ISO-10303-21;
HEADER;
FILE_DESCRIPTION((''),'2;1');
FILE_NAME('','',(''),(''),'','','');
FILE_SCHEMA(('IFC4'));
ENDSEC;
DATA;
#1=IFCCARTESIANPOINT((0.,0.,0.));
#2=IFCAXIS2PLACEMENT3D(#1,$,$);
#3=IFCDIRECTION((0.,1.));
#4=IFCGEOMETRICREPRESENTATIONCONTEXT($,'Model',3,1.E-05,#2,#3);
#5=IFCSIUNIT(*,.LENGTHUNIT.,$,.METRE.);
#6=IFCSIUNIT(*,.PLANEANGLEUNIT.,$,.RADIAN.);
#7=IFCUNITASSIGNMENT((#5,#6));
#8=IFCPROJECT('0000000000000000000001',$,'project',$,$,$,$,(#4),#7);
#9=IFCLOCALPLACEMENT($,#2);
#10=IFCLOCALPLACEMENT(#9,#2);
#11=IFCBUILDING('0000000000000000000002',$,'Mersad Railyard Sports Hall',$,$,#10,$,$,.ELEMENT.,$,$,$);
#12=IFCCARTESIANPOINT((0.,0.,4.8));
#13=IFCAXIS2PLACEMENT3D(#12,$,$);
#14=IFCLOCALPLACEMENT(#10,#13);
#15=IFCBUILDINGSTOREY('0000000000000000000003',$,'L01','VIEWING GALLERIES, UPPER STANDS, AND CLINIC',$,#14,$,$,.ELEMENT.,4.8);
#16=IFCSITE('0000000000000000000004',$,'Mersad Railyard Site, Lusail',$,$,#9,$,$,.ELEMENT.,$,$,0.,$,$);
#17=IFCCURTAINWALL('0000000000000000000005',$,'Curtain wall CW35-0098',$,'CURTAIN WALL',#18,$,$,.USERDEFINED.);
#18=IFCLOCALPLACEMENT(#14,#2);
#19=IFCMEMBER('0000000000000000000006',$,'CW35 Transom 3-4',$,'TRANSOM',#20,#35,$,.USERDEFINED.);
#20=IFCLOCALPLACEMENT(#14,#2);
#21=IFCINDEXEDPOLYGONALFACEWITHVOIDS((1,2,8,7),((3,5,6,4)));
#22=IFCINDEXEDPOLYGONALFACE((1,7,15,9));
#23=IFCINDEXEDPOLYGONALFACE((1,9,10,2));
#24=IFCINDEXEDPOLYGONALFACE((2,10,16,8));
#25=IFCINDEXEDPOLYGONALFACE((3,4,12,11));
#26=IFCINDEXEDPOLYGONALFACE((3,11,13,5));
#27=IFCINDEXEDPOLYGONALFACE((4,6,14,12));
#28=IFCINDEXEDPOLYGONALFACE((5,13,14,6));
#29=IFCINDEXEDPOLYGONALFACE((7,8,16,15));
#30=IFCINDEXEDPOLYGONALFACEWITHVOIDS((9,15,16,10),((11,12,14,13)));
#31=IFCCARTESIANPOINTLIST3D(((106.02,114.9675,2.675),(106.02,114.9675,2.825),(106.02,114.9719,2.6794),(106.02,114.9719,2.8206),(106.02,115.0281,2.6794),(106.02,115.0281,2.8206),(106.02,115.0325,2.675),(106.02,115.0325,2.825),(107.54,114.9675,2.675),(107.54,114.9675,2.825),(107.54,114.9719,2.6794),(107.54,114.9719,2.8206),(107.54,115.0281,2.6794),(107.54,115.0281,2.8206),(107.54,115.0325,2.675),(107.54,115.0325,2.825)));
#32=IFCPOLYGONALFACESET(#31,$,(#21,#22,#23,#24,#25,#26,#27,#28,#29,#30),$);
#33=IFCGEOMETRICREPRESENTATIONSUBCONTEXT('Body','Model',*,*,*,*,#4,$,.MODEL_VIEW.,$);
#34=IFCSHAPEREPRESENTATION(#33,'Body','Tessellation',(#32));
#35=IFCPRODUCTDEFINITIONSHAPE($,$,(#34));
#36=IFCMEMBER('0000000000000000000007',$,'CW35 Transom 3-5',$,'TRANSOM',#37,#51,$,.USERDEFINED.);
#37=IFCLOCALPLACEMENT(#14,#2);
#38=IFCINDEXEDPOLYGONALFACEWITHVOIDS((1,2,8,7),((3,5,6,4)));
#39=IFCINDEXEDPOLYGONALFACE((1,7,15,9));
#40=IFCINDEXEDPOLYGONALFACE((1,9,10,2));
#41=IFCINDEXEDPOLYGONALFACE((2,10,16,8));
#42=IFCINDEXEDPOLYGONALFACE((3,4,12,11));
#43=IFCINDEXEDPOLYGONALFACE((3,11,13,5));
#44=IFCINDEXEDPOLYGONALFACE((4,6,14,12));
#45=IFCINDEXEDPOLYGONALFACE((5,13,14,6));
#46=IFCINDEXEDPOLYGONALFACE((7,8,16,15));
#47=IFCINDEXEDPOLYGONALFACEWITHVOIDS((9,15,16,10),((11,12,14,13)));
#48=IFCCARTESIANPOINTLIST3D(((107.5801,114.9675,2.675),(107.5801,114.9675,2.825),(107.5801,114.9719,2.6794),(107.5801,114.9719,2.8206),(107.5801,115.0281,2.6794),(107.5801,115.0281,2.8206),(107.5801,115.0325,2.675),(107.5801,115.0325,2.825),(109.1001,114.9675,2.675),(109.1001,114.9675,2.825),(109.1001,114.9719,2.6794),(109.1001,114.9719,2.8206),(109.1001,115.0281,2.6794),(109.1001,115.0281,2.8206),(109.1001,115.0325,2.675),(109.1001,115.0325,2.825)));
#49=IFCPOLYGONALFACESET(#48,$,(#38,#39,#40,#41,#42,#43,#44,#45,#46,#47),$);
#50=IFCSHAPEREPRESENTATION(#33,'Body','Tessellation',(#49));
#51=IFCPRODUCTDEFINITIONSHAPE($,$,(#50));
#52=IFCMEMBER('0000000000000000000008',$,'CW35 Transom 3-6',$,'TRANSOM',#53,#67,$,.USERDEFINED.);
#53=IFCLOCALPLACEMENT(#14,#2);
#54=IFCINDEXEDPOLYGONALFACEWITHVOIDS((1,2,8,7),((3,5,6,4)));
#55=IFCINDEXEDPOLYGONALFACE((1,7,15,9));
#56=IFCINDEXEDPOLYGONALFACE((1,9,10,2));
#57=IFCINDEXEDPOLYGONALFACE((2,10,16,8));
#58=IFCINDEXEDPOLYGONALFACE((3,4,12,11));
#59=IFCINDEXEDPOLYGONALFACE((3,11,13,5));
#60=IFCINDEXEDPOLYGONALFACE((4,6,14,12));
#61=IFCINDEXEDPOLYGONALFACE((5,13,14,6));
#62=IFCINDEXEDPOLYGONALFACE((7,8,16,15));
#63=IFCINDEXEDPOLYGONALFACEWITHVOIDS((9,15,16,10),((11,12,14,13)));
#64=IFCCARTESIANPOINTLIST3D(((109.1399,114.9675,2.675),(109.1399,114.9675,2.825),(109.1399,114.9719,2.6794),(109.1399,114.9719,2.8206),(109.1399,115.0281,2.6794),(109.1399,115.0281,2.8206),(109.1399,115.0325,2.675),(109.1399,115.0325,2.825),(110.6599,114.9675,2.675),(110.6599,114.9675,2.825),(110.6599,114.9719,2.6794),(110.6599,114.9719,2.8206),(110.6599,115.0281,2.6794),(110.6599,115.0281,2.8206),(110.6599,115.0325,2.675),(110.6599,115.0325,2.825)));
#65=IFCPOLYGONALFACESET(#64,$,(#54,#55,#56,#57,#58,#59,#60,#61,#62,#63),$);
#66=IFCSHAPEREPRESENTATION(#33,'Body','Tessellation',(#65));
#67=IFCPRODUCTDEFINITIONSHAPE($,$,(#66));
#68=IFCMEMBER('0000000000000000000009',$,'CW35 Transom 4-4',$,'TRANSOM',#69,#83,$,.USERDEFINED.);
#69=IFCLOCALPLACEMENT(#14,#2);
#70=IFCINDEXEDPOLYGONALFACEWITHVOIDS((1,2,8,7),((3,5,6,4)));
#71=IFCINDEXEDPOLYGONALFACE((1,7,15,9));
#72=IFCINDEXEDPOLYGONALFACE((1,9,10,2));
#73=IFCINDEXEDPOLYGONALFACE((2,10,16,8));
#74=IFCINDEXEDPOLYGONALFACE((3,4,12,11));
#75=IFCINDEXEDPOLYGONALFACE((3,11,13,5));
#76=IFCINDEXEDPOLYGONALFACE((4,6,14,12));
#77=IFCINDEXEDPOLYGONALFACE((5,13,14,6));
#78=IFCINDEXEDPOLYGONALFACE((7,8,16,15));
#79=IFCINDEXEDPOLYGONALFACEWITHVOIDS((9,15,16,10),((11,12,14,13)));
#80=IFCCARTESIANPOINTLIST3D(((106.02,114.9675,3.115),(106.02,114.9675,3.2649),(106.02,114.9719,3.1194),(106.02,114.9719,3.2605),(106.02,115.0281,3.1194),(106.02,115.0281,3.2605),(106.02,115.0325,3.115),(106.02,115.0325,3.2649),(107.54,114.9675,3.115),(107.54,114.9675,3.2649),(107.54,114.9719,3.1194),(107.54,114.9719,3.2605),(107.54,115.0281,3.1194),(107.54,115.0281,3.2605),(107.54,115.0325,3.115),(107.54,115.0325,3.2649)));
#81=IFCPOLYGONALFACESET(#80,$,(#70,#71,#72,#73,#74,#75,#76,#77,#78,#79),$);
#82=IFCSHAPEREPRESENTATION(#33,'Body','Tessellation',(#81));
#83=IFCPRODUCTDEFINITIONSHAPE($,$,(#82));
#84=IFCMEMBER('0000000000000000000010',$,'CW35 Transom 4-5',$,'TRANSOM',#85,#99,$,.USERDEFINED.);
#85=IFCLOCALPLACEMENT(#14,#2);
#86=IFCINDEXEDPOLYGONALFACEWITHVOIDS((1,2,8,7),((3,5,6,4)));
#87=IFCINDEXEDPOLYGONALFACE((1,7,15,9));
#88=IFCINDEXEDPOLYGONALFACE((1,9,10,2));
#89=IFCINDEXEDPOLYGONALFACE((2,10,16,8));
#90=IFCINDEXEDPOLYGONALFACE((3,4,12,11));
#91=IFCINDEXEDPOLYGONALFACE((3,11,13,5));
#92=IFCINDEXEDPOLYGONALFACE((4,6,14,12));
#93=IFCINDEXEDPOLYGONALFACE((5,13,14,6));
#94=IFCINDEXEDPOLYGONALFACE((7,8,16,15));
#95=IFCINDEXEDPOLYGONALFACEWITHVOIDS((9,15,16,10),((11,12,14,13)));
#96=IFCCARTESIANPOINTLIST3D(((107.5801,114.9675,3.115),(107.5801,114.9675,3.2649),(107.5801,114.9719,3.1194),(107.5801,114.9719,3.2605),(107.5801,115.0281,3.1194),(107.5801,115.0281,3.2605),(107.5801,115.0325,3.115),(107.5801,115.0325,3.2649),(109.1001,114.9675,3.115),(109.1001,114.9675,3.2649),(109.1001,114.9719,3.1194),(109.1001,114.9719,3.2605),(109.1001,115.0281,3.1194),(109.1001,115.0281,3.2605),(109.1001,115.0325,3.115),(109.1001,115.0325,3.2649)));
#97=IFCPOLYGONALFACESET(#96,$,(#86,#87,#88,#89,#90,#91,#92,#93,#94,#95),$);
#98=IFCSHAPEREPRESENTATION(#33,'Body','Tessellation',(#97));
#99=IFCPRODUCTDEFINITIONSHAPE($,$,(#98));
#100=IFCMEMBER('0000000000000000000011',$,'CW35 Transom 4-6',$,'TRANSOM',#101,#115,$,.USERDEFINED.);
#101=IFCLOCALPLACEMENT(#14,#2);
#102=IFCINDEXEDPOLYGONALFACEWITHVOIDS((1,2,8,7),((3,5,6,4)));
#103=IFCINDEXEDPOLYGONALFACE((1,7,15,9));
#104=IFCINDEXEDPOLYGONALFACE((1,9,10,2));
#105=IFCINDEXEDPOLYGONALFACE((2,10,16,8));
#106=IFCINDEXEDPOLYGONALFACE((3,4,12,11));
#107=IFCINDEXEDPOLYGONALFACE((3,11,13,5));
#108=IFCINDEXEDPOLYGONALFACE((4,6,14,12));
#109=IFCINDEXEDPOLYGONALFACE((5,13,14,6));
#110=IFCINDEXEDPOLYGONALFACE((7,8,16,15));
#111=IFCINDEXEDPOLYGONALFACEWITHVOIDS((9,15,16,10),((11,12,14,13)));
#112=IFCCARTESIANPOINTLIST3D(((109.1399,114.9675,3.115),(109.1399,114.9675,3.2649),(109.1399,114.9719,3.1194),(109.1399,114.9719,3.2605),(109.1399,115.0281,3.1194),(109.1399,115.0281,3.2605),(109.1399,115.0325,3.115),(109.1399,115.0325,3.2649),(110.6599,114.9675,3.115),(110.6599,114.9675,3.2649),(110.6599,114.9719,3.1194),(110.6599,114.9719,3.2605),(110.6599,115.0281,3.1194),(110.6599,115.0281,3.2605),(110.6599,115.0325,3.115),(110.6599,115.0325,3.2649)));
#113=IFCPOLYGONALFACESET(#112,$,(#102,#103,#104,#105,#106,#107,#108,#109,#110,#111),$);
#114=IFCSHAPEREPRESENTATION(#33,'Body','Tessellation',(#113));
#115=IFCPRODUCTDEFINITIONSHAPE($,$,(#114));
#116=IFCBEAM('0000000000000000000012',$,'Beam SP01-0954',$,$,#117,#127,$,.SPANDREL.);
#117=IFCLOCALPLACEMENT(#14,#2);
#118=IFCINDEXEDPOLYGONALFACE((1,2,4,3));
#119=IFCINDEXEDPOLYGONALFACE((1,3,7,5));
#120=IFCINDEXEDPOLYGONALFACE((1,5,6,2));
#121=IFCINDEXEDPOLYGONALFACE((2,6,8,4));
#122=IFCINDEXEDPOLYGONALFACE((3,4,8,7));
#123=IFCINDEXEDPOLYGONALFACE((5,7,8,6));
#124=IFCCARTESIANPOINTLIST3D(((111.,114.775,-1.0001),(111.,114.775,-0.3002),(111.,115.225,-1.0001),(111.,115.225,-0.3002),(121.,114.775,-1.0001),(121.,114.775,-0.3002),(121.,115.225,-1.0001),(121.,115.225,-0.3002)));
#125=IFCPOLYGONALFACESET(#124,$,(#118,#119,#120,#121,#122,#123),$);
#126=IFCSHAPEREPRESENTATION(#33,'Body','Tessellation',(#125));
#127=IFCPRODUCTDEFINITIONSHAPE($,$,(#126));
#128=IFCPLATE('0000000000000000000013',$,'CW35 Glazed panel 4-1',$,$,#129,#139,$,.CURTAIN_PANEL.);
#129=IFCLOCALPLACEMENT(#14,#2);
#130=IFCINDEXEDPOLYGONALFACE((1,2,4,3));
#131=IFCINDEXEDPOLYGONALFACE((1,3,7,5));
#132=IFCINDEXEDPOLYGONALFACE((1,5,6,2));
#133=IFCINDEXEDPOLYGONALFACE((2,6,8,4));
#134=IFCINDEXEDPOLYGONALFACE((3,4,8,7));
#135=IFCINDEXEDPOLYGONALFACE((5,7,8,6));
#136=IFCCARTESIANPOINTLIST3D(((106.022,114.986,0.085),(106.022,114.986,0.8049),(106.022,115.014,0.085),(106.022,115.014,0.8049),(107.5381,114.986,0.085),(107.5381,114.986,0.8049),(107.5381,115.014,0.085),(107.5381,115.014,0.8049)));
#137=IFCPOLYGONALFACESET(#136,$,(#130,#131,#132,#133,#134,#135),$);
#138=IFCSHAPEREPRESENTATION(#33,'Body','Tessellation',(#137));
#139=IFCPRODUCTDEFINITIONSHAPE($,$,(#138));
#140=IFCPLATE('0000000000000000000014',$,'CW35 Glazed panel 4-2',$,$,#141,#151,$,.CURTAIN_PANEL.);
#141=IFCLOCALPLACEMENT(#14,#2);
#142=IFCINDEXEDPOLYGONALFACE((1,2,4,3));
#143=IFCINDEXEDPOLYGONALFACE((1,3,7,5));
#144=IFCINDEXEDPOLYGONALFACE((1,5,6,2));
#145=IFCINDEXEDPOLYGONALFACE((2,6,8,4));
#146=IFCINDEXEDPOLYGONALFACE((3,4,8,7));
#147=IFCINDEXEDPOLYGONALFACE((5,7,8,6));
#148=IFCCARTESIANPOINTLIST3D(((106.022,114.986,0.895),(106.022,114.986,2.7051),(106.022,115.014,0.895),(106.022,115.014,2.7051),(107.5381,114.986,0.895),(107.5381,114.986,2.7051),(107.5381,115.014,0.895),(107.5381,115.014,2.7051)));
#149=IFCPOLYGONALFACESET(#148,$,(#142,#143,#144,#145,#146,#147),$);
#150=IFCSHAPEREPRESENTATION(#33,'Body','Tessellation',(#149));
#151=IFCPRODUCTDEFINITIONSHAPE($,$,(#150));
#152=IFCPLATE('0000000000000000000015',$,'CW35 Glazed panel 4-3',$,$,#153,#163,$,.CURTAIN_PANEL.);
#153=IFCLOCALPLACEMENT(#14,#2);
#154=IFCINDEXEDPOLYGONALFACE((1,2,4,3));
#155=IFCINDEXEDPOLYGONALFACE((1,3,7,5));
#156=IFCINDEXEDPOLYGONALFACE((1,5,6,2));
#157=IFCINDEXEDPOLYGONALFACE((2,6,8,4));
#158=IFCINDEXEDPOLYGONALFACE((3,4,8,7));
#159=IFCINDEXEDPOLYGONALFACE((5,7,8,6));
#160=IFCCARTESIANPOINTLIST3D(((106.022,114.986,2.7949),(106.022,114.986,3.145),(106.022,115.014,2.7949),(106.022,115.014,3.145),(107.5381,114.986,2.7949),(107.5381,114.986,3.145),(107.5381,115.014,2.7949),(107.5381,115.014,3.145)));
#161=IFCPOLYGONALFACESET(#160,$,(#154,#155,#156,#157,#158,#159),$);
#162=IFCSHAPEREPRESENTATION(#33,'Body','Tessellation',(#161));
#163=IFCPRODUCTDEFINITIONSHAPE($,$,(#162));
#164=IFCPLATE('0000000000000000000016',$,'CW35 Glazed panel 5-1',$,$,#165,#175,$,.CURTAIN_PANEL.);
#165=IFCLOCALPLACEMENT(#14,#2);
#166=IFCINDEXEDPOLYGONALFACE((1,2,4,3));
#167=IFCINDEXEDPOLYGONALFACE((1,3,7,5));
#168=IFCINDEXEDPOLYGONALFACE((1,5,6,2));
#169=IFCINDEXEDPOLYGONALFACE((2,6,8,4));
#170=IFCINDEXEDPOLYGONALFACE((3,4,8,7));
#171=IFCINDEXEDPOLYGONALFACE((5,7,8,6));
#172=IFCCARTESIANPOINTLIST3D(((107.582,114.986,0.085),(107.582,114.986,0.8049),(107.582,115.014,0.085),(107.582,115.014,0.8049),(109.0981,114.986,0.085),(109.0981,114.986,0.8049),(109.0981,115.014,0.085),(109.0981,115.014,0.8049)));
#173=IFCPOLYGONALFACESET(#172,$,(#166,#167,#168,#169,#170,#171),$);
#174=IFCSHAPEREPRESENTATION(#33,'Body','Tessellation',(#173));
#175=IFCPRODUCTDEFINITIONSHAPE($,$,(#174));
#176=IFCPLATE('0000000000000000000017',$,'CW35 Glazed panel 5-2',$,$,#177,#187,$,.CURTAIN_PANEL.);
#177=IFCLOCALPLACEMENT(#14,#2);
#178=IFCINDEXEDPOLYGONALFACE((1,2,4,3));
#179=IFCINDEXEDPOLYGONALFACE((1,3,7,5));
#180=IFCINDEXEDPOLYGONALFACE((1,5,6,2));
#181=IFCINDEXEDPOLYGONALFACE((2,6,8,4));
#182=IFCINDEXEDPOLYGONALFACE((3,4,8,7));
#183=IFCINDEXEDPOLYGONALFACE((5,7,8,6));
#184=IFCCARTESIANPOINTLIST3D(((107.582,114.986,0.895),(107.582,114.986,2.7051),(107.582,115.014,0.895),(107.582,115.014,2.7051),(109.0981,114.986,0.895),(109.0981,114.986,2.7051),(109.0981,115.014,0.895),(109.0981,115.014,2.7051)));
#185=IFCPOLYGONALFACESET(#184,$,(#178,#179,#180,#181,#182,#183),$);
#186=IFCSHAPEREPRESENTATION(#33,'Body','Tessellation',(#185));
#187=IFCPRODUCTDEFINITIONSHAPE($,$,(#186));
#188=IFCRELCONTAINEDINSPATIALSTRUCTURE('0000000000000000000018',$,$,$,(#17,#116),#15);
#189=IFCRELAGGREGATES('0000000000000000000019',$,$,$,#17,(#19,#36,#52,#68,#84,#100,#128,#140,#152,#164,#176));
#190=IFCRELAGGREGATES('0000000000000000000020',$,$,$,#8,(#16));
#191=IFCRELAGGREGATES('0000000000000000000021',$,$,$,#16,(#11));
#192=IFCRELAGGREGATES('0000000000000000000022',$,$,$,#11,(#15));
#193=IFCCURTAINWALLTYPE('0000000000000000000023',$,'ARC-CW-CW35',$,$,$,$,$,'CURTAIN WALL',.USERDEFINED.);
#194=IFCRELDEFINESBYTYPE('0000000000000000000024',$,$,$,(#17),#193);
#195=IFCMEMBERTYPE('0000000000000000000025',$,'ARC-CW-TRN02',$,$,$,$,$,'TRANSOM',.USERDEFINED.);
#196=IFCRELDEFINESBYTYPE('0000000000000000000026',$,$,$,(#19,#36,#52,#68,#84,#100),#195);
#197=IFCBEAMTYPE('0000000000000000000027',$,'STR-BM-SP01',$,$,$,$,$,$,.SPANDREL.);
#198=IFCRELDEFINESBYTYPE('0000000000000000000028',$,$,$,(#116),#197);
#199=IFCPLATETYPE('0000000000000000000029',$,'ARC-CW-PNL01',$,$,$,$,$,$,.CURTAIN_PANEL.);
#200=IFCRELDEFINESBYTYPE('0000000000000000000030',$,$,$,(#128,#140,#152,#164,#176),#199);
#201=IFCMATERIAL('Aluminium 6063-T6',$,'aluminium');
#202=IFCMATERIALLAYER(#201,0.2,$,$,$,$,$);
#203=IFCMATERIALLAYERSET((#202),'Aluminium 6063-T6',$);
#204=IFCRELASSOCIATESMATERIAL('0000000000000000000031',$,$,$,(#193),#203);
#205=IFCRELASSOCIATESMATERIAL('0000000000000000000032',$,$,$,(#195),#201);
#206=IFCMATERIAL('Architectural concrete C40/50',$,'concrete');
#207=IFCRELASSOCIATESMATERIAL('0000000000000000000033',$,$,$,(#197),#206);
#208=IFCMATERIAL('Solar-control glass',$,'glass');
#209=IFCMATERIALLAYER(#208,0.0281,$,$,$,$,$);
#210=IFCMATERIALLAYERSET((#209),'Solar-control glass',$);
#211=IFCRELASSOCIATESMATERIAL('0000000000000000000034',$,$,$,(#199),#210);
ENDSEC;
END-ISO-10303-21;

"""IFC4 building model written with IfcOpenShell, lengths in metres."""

from ifc_helpers import new_model, si_unit, direction, frame, origin, origin_2d, place, context, subcontext, project, spatial, rectangle, hollow_rectangle, extrude, material, layer, layer_set, material_profile, profile_set, type_object, element, aggregate, save


model = new_model("IFC4")

# Units and contexts
model_context = context("Model", 3, precision=1e-05, world=origin(), true_north=direction((0.0, 1.0)))
body_context = subcontext(model_context, "Body", "Model", "MODEL_VIEW")
ifc_project = project(units=[si_unit("LENGTHUNIT", "METRE"), si_unit("PLANEANGLEUNIT", "RADIAN")], contexts=[model_context])

# Site, building, storey
site_placement = place(None, origin())
site = spatial("IfcSite", under=ifc_project, at=site_placement, Name="Mersad Railyard Site, Lusail", CompositionType="ELEMENT", RefElevation=0.0)
building_placement = place(site_placement, origin())
building = spatial("IfcBuilding", under=site, at=building_placement, Name="Mersad Railyard Sports Hall", CompositionType="ELEMENT")
storey_placement = place(building_placement, frame((0.0, 0.0, 4.8)))
storey = spatial("IfcBuildingStorey", under=building, at=storey_placement, Name="L01", Description="VIEWING GALLERIES, UPPER STANDS, AND CLINIC", CompositionType="ELEMENT", Elevation=4.8)

# Curtain wall, members
ifc_material_1 = material(Name="Aluminium 6063-T6", Category="aluminium")
ifc_layer_1 = layer(ifc_material_1, 0.2)
ifc_layer_set_1 = layer_set([ifc_layer_1], Name="Aluminium 6063-T6")
curtain_wall_type = type_object("IfcCurtainWallType", Name="ARC-CW-CW35", ElementType="CURTAIN WALL", PredefinedType="USERDEFINED", material=ifc_layer_set_1)
curtain_wall_placement = place(storey_placement, origin())
curtain_wall = element("IfcCurtainWall", 1, at=curtain_wall_placement, inside=storey, type_object=curtain_wall_type, Name="Curtain wall CW35-0098", ObjectType="CURTAIN WALL", PredefinedType="USERDEFINED")
ifc_material_profile_1 = material_profile(ifc_material_1, hollow_rectangle(XDim=0.0649, YDim=0.1499, WallThickness=0.0044, at=origin_2d()), Name="AL TRANSOM 65x150x4.5")
ifc_profile_set_1 = profile_set([ifc_material_profile_1], Name="Aluminium 6063-T6")
member_type_1 = type_object("IfcMemberType", Name="ARC-CW-TRN02", ElementType="TRANSOM", PredefinedType="USERDEFINED", material=ifc_profile_set_1)
member_1_placement = place(storey_placement, frame((106.02, 115.0, 2.75), z_axis=(1.0, 0.0, 0.0), x_axis=(0.0, 1.0, 0.0)))
member_1 = element("IfcMember", 2, at=member_1_placement, type_object=member_type_1, Name="CW35 Transom 3-4", ObjectType="TRANSOM", PredefinedType="USERDEFINED", context=body_context, shape_type="SweptSolid", body=[
    extrude(hollow_rectangle(XDim=0.0649, YDim=0.1499, WallThickness=0.0044, at=origin_2d()), origin(), (0.0, 0.0, 1.0), 1.52),
])
member_2_placement = place(storey_placement, frame((107.5801, 115.0, 2.75), z_axis=(1.0, 0.0, 0.0), x_axis=(0.0, 1.0, 0.0)))
member_2 = element("IfcMember", 3, at=member_2_placement, type_object=member_type_1, Name="CW35 Transom 3-5", ObjectType="TRANSOM", PredefinedType="USERDEFINED", context=body_context, shape_type="SweptSolid", body=[
    extrude(hollow_rectangle(XDim=0.0649, YDim=0.1499, WallThickness=0.0044, at=origin_2d()), origin(), (0.0, 0.0, 1.0), 1.52),
])
member_3_placement = place(storey_placement, frame((109.1399, 115.0, 2.75), z_axis=(1.0, 0.0, 0.0), x_axis=(0.0, 1.0, 0.0)))
member_3 = element("IfcMember", 4, at=member_3_placement, type_object=member_type_1, Name="CW35 Transom 3-6", ObjectType="TRANSOM", PredefinedType="USERDEFINED", context=body_context, shape_type="SweptSolid", body=[
    extrude(hollow_rectangle(XDim=0.0649, YDim=0.1499, WallThickness=0.0044, at=origin_2d()), origin(), (0.0, 0.0, 1.0), 1.52),
])
member_4_placement = place(storey_placement, frame((106.02, 115.0, 3.1899), z_axis=(1.0, 0.0, 0.0), x_axis=(0.0, 1.0, 0.0)))
member_4 = element("IfcMember", 5, at=member_4_placement, type_object=member_type_1, Name="CW35 Transom 4-4", ObjectType="TRANSOM", PredefinedType="USERDEFINED", context=body_context, shape_type="SweptSolid", body=[
    extrude(hollow_rectangle(XDim=0.0649, YDim=0.1499, WallThickness=0.0044, at=origin_2d()), origin(), (0.0, 0.0, 1.0), 1.52),
])
member_5_placement = place(storey_placement, frame((107.5801, 115.0, 3.1899), z_axis=(1.0, 0.0, 0.0), x_axis=(0.0, 1.0, 0.0)))
member_5 = element("IfcMember", 6, at=member_5_placement, type_object=member_type_1, Name="CW35 Transom 4-5", ObjectType="TRANSOM", PredefinedType="USERDEFINED", context=body_context, shape_type="SweptSolid", body=[
    extrude(hollow_rectangle(XDim=0.0649, YDim=0.1499, WallThickness=0.0044, at=origin_2d()), origin(), (0.0, 0.0, 1.0), 1.52),
])
member_6_placement = place(storey_placement, frame((109.1399, 115.0, 3.1899), z_axis=(1.0, 0.0, 0.0), x_axis=(0.0, 1.0, 0.0)))
member_6 = element("IfcMember", 7, at=member_6_placement, type_object=member_type_1, Name="CW35 Transom 4-6", ObjectType="TRANSOM", PredefinedType="USERDEFINED", context=body_context, shape_type="SweptSolid", body=[
    extrude(hollow_rectangle(XDim=0.0649, YDim=0.1499, WallThickness=0.0044, at=origin_2d()), origin(), (0.0, 0.0, 1.0), 1.52),
])

# Beam
ifc_material_2 = material(Name="Architectural concrete C40/50", Category="concrete")
ifc_material_profile_2 = material_profile(ifc_material_2, rectangle(XDim=0.45, YDim=0.7, at=origin_2d()), Name="RC 450x700")
ifc_profile_set_2 = profile_set([ifc_material_profile_2], Name="Architectural concrete C40/50")
beam_type = type_object("IfcBeamType", Name="STR-BM-SP01", PredefinedType="SPANDREL", material=ifc_profile_set_2)
beam_placement = place(storey_placement, frame((111.0, 115.0, -0.6501), z_axis=(1.0, 0.0, 0.0), x_axis=(0.0, 1.0, 0.0)))
element("IfcBeam", 8, at=beam_placement, inside=storey, type_object=beam_type, Name="Beam SP01-0954", PredefinedType="SPANDREL", context=body_context, shape_type="SweptSolid", body=[
    extrude(rectangle(XDim=0.45, YDim=0.7, at=origin_2d()), origin(), (0.0, 0.0, 1.0), 10.0),
])

# Plates
ifc_material_3 = material(Name="Solar-control glass", Category="glass")
ifc_layer_2 = layer(ifc_material_3, 0.0281)
ifc_layer_set_2 = layer_set([ifc_layer_2], Name="Solar-control glass")
plate_type = type_object("IfcPlateType", Name="ARC-CW-PNL01", PredefinedType="CURTAIN_PANEL", material=ifc_layer_set_2)
plate_1_placement = place(storey_placement, frame((106.78, 115.0, 0.085), z_axis=(0.0, 0.0, 1.0), x_axis=(1.0, 0.0, 0.0)))
plate_1 = element("IfcPlate", 9, at=plate_1_placement, type_object=plate_type, Name="CW35 Glazed panel 4-1", PredefinedType="CURTAIN_PANEL", context=body_context, shape_type="SweptSolid", body=[
    extrude(rectangle(XDim=1.5161, YDim=0.0281, at=origin_2d()), origin(), (0.0, 0.0, 1.0), 0.72),
])
plate_2_placement = place(storey_placement, frame((106.78, 115.0, 0.895), z_axis=(0.0, 0.0, 1.0), x_axis=(1.0, 0.0, 0.0)))
plate_2 = element("IfcPlate", 10, at=plate_2_placement, type_object=plate_type, Name="CW35 Glazed panel 4-2", PredefinedType="CURTAIN_PANEL", context=body_context, shape_type="SweptSolid", body=[
    extrude(rectangle(XDim=1.5161, YDim=0.0281, at=origin_2d()), origin(), (0.0, 0.0, 1.0), 1.8101),
])
plate_3_placement = place(storey_placement, frame((106.78, 115.0, 2.7949), z_axis=(0.0, 0.0, 1.0), x_axis=(1.0, 0.0, 0.0)))
plate_3 = element("IfcPlate", 11, at=plate_3_placement, type_object=plate_type, Name="CW35 Glazed panel 4-3", PredefinedType="CURTAIN_PANEL", context=body_context, shape_type="SweptSolid", body=[
    extrude(rectangle(XDim=1.5161, YDim=0.0281, at=origin_2d()), origin(), (0.0, 0.0, 1.0), 0.3501),
])
plate_4_placement = place(storey_placement, frame((108.3401, 115.0, 0.085), z_axis=(0.0, 0.0, 1.0), x_axis=(1.0, 0.0, 0.0)))
plate_4 = element("IfcPlate", 12, at=plate_4_placement, type_object=plate_type, Name="CW35 Glazed panel 5-1", PredefinedType="CURTAIN_PANEL", context=body_context, shape_type="SweptSolid", body=[
    extrude(rectangle(XDim=1.5161, YDim=0.0281, at=origin_2d()), origin(), (0.0, 0.0, 1.0), 0.72),
])
plate_5_placement = place(storey_placement, frame((108.3401, 115.0, 0.895), z_axis=(0.0, 0.0, 1.0), x_axis=(1.0, 0.0, 0.0)))
plate_5 = element("IfcPlate", 13, at=plate_5_placement, type_object=plate_type, Name="CW35 Glazed panel 5-2", PredefinedType="CURTAIN_PANEL", context=body_context, shape_type="SweptSolid", body=[
    extrude(rectangle(XDim=1.5161, YDim=0.0281, at=origin_2d()), origin(), (0.0, 0.0, 1.0), 1.8101),
])
aggregate(curtain_wall, [member_1, member_2, member_3, member_4, member_5, member_6, plate_1, plate_2, plate_3, plate_4, plate_5])

save(model, "model.ifc")
